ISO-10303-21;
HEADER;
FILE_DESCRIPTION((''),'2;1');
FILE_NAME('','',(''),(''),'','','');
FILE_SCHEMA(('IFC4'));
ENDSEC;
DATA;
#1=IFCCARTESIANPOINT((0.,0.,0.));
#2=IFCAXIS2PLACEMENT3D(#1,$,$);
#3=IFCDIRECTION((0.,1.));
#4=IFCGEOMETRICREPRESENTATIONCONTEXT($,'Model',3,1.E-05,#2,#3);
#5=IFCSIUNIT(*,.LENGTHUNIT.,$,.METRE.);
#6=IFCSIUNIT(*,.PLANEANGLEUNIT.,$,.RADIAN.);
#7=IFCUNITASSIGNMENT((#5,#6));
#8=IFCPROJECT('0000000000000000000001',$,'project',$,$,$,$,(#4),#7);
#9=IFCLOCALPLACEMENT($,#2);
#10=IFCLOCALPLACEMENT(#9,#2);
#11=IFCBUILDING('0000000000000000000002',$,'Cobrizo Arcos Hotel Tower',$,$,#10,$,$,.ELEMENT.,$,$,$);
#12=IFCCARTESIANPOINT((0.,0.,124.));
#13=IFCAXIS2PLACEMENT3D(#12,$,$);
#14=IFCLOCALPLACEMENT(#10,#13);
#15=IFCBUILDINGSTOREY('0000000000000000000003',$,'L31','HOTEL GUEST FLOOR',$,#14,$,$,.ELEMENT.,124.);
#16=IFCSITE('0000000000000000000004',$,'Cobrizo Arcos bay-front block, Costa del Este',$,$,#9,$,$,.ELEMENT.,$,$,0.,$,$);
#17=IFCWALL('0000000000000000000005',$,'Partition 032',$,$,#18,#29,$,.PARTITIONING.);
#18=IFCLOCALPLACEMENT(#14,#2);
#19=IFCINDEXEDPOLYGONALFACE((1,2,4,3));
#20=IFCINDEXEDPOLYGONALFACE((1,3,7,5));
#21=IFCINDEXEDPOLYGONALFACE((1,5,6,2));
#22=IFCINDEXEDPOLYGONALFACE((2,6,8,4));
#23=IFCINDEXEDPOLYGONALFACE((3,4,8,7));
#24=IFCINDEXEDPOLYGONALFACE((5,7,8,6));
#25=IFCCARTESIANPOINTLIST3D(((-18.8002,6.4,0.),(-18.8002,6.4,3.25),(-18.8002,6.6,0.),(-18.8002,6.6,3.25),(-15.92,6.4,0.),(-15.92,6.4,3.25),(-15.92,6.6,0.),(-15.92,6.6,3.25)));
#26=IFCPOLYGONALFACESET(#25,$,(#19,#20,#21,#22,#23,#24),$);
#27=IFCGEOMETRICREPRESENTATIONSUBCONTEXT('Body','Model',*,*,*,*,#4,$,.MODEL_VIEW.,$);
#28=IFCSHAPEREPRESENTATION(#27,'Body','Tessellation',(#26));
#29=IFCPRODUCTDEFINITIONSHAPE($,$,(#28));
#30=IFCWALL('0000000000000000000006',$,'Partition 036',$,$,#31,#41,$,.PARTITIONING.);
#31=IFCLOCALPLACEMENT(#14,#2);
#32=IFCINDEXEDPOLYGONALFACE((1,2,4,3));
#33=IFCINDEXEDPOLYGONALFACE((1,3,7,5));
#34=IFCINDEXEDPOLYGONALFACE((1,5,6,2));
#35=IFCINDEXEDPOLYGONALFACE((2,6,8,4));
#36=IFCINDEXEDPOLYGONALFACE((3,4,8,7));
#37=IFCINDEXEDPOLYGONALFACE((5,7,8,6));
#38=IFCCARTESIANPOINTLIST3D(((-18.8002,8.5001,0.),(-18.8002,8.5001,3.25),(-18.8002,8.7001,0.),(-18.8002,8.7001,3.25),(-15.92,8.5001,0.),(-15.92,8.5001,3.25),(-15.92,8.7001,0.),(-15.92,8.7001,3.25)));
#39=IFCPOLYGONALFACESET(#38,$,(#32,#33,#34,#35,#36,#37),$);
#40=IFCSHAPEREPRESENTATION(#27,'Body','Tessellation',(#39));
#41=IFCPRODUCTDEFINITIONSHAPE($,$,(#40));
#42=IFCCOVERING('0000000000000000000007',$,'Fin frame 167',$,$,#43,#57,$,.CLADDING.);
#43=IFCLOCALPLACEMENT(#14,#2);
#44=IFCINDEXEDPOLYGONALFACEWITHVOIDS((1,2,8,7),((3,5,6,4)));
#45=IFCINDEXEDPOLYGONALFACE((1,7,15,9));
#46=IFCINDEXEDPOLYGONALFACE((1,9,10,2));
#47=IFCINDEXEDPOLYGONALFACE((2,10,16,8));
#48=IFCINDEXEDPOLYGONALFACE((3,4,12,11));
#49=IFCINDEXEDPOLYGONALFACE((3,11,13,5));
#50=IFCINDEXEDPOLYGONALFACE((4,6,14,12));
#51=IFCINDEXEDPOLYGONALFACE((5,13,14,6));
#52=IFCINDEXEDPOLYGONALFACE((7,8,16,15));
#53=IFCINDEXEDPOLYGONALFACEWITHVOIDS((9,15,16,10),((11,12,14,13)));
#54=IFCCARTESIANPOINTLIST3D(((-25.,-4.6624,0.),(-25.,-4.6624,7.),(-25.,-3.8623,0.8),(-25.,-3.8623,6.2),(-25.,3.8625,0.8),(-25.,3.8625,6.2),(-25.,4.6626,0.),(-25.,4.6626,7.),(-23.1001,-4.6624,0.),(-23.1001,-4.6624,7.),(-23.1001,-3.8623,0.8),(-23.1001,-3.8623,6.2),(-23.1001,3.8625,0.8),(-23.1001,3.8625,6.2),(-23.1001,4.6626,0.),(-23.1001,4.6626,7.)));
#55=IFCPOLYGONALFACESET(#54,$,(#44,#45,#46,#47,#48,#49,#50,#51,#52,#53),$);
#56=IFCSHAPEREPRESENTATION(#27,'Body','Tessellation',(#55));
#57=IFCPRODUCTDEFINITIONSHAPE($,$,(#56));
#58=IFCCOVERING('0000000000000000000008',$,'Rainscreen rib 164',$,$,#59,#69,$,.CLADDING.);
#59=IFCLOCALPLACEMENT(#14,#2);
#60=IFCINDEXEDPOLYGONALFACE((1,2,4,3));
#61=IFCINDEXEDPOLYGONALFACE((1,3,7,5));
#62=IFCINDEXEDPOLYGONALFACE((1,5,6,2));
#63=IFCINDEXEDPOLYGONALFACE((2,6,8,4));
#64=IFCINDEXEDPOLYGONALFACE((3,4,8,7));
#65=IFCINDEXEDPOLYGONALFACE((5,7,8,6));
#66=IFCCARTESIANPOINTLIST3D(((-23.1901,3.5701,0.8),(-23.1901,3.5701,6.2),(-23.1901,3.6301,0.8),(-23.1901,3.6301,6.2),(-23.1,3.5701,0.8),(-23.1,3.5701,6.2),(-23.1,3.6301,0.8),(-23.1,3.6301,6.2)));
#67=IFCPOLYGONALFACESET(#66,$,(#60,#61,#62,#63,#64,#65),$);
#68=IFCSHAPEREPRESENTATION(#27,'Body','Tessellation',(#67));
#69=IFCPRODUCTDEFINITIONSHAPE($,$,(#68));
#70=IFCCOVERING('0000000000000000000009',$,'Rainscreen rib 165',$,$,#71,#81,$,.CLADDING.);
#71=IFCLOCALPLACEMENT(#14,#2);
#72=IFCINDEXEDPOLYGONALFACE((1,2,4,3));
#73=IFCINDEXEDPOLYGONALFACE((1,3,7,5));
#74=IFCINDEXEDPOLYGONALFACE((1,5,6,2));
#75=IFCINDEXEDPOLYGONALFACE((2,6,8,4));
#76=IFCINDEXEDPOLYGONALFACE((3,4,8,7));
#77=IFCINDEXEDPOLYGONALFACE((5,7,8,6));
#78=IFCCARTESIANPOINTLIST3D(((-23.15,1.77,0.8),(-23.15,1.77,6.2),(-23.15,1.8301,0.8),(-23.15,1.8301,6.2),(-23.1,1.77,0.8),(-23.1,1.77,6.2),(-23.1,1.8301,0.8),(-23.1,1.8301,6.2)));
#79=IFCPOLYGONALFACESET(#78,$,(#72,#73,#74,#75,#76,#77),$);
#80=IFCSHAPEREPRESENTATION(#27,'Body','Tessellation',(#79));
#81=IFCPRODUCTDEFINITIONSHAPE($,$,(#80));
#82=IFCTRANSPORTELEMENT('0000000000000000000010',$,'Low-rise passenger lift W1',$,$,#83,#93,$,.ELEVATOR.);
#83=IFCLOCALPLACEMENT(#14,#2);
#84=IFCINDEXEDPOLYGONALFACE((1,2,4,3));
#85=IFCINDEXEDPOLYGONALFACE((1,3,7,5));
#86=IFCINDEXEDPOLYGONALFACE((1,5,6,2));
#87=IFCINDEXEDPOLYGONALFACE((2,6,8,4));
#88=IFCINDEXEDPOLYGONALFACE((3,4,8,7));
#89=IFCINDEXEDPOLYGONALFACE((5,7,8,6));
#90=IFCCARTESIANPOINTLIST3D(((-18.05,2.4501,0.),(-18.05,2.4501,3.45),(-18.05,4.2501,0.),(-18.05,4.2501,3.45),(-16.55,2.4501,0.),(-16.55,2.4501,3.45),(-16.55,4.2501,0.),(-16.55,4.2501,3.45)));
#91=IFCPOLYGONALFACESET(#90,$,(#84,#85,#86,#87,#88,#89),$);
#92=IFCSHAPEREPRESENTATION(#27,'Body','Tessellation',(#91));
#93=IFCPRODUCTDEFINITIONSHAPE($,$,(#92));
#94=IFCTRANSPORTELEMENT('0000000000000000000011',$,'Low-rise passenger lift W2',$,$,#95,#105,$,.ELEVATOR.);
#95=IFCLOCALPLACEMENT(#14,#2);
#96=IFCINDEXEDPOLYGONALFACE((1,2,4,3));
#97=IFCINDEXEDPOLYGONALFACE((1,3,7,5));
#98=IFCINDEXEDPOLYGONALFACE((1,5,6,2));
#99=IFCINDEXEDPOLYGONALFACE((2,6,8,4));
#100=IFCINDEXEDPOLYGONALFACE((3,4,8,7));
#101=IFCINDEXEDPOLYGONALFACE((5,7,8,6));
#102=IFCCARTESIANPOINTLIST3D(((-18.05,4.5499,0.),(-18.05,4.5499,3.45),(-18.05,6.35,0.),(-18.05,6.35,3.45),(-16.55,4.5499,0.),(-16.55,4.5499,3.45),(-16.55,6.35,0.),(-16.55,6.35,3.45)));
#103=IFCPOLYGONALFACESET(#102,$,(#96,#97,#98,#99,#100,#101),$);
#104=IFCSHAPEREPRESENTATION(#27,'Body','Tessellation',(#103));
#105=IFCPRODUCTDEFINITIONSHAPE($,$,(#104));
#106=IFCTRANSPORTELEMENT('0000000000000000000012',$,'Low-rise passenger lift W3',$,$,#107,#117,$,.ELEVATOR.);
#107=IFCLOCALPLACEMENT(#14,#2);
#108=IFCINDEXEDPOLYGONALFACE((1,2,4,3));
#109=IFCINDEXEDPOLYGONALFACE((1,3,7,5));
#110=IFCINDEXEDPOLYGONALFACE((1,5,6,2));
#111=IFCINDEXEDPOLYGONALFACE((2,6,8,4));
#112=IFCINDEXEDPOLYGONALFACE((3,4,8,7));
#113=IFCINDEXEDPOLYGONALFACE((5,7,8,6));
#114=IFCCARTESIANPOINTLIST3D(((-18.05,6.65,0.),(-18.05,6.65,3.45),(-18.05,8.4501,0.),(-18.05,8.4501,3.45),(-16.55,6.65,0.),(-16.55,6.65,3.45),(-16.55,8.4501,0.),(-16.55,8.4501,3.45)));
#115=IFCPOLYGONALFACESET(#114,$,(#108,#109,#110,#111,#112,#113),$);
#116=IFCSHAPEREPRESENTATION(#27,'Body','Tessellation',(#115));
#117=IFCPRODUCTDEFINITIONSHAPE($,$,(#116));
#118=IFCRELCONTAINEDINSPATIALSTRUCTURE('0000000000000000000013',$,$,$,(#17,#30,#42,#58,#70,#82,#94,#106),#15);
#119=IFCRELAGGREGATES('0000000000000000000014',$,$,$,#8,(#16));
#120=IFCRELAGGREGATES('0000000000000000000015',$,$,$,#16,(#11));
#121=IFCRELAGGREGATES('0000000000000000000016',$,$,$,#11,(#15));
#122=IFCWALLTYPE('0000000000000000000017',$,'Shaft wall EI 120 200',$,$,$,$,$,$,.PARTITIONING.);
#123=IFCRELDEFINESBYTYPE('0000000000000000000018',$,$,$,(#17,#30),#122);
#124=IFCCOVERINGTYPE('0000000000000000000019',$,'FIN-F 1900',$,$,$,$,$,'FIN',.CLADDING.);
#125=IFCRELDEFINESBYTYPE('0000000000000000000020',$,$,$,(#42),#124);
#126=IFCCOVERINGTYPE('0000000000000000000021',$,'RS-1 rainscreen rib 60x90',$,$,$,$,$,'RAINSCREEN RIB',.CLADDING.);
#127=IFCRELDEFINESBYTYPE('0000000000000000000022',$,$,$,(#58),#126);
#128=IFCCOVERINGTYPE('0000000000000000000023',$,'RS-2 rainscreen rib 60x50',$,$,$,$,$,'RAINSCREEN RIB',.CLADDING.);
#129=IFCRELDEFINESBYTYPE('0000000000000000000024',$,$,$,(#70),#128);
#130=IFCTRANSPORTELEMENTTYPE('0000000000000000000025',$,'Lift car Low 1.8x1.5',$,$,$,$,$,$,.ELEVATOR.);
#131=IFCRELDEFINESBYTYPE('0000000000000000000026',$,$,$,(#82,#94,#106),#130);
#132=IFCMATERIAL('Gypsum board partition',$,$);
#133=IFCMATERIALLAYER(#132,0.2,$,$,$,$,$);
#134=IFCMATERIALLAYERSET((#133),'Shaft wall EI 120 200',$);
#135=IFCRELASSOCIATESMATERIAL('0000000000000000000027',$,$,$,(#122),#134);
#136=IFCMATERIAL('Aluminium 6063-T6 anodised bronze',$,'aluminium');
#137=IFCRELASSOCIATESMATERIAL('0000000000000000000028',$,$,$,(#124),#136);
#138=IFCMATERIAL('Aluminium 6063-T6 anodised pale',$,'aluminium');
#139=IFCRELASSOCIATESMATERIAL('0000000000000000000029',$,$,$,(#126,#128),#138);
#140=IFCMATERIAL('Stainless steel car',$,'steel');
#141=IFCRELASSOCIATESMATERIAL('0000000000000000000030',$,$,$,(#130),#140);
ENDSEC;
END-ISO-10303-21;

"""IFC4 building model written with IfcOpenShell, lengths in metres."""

from ifc_helpers import new_model, si_unit, direction, frame, frame_2d, origin, origin_2d, place, context, subcontext, project, spatial, polyline, rectangle, outline, extrude, material, layer, layer_set, type_object, element, save


model = new_model("IFC4")

# Units and contexts
model_context = context("Model", 3, precision=1e-05, world=origin(), true_north=direction((0.0, 1.0)))
body_context = subcontext(model_context, "Body", "Model", "MODEL_VIEW")
ifc_project = project(units=[si_unit("LENGTHUNIT", "METRE"), si_unit("PLANEANGLEUNIT", "RADIAN")], contexts=[model_context])

# Site, building, storey
site_placement = place(None, origin())
site = spatial("IfcSite", under=ifc_project, at=site_placement, Name="Cobrizo Arcos bay-front block, Costa del Este", CompositionType="ELEMENT", RefElevation=0.0)
building_placement = place(site_placement, origin())
building = spatial("IfcBuilding", under=site, at=building_placement, Name="Cobrizo Arcos Hotel Tower", CompositionType="ELEMENT")
storey_placement = place(building_placement, frame((0.0, 0.0, 124.0)))
storey = spatial("IfcBuildingStorey", under=building, at=storey_placement, Name="L31", Description="HOTEL GUEST FLOOR", CompositionType="ELEMENT", Elevation=124.0)

# Shared definitions
ifc_material_1 = material(Name="Aluminium 6063-T6 anodised bronze", Category="aluminium")

# Shared definitions
ifc_material_2 = material(Name="Gypsum board partition")

# Shared definitions
ifc_layer_1 = layer(ifc_material_2, 0.2)
ifc_layer_set_1 = layer_set([ifc_layer_1], Name="Shaft wall EI 120 200")
wall_type_1 = type_object("IfcWallType", Name="Shaft wall EI 120 200", PredefinedType="PARTITIONING", material=ifc_layer_set_1)

# Walls
for number, where, z_axis, x_axis, name in (
    (1, (-18.8, 6.5, 0.0), (0.0, 0.0, 1.0), (1.0, 0.0, 0.0), "Partition 032"),
    (2, (-18.8, 8.6001, 0.0), (0.0, 0.0, 1.0), (1.0, 0.0, 0.0), "Partition 036"),
):
    element("IfcWall", number, at=place(storey_placement, frame(where, z_axis=z_axis, x_axis=x_axis)), inside=storey, type_object=wall_type_1, Name=name, PredefinedType="PARTITIONING", context=body_context, shape_type="SweptSolid", body=[
        extrude(rectangle(XDim=2.8801, YDim=0.2, at=frame_2d((1.4399, 0.0))), origin(), (0.0, 0.0, 1.0), 3.25),
    ])

# Coverings
covering_type_1 = type_object("IfcCoveringType", Name="FIN-F 1900", ElementType="FIN", PredefinedType="CLADDING", material=ifc_material_1)
covering_1_placement = place(storey_placement, frame((-23.1001, 4.6626, 0.0), z_axis=(-1.0, 0.0, 0.0), x_axis=(0.0, -1.0, 0.0)))
element("IfcCovering", 3, at=covering_1_placement, inside=storey, type_object=covering_type_1, Name="Fin frame 167", PredefinedType="CLADDING", context=body_context, shape_type="SweptSolid", body=[
    extrude(outline(polyline([(0.0, 7.0), (0.0, 0.0), (9.325, 0.0), (9.325, 7.0), (0.0, 7.0)]), holes=[polyline([(8.5249, 0.8), (0.8, 0.8), (0.8, 6.2), (8.5249, 6.2), (8.5249, 0.8)])]), origin(), (0.0, 0.0, 1.0), 1.8999),
])
ifc_material_3 = material(Name="Aluminium 6063-T6 anodised pale", Category="aluminium")
covering_type_2 = type_object("IfcCoveringType", Name="RS-1 rainscreen rib 60x90", ElementType="RAINSCREEN RIB", PredefinedType="CLADDING", material=ifc_material_3)
covering_2_placement = place(storey_placement, frame((-23.145, 3.6001, 0.8), z_axis=(0.0, 0.0, 1.0), x_axis=(0.0, -1.0, 0.0)))
element("IfcCovering", 4, at=covering_2_placement, inside=storey, type_object=covering_type_2, Name="Rainscreen rib 164", PredefinedType="CLADDING", context=body_context, shape_type="SweptSolid", body=[
    extrude(rectangle(XDim=0.0601, YDim=0.0901, at=origin_2d()), origin(), (0.0, 0.0, 1.0), 5.3999),
])
covering_type_3 = type_object("IfcCoveringType", Name="RS-2 rainscreen rib 60x50", ElementType="RAINSCREEN RIB", PredefinedType="CLADDING", material=ifc_material_3)
covering_3_placement = place(storey_placement, frame((-23.125, 1.8, 0.8), z_axis=(0.0, 0.0, 1.0), x_axis=(0.0, -1.0, 0.0)))
element("IfcCovering", 5, at=covering_3_placement, inside=storey, type_object=covering_type_3, Name="Rainscreen rib 165", PredefinedType="CLADDING", context=body_context, shape_type="SweptSolid", body=[
    extrude(rectangle(XDim=0.0601, YDim=0.05, at=origin_2d()), origin(), (0.0, 0.0, 1.0), 5.3999),
])

# Transport elements
ifc_material_4 = material(Name="Stainless steel car", Category="steel")
transport_element_type = type_object("IfcTransportElementType", Name="Lift car Low 1.8x1.5", PredefinedType="ELEVATOR", material=ifc_material_4)
for number, where, z_axis, x_axis, name in (
    (6, (-17.3, 3.3501, 0.0), (0.0, 0.0, 1.0), (1.0, 0.0, 0.0), "Low-rise passenger lift W1"),
    (7, (-17.3, 5.45, 0.0), (0.0, 0.0, 1.0), (1.0, 0.0, 0.0), "Low-rise passenger lift W2"),
    (8, (-17.3, 7.55, 0.0), (0.0, 0.0, 1.0), (1.0, 0.0, 0.0), "Low-rise passenger lift W3"),
):
    element("IfcTransportElement", number, at=place(storey_placement, frame(where, z_axis=z_axis, x_axis=x_axis)), inside=storey, type_object=transport_element_type, Name=name, PredefinedType="ELEVATOR", context=body_context, shape_type="SweptSolid", body=[
        extrude(rectangle(XDim=1.5, YDim=1.8, at=origin_2d()), origin(), (0.0, 0.0, 1.0), 3.45),
    ])

save(model, "model.ifc")
